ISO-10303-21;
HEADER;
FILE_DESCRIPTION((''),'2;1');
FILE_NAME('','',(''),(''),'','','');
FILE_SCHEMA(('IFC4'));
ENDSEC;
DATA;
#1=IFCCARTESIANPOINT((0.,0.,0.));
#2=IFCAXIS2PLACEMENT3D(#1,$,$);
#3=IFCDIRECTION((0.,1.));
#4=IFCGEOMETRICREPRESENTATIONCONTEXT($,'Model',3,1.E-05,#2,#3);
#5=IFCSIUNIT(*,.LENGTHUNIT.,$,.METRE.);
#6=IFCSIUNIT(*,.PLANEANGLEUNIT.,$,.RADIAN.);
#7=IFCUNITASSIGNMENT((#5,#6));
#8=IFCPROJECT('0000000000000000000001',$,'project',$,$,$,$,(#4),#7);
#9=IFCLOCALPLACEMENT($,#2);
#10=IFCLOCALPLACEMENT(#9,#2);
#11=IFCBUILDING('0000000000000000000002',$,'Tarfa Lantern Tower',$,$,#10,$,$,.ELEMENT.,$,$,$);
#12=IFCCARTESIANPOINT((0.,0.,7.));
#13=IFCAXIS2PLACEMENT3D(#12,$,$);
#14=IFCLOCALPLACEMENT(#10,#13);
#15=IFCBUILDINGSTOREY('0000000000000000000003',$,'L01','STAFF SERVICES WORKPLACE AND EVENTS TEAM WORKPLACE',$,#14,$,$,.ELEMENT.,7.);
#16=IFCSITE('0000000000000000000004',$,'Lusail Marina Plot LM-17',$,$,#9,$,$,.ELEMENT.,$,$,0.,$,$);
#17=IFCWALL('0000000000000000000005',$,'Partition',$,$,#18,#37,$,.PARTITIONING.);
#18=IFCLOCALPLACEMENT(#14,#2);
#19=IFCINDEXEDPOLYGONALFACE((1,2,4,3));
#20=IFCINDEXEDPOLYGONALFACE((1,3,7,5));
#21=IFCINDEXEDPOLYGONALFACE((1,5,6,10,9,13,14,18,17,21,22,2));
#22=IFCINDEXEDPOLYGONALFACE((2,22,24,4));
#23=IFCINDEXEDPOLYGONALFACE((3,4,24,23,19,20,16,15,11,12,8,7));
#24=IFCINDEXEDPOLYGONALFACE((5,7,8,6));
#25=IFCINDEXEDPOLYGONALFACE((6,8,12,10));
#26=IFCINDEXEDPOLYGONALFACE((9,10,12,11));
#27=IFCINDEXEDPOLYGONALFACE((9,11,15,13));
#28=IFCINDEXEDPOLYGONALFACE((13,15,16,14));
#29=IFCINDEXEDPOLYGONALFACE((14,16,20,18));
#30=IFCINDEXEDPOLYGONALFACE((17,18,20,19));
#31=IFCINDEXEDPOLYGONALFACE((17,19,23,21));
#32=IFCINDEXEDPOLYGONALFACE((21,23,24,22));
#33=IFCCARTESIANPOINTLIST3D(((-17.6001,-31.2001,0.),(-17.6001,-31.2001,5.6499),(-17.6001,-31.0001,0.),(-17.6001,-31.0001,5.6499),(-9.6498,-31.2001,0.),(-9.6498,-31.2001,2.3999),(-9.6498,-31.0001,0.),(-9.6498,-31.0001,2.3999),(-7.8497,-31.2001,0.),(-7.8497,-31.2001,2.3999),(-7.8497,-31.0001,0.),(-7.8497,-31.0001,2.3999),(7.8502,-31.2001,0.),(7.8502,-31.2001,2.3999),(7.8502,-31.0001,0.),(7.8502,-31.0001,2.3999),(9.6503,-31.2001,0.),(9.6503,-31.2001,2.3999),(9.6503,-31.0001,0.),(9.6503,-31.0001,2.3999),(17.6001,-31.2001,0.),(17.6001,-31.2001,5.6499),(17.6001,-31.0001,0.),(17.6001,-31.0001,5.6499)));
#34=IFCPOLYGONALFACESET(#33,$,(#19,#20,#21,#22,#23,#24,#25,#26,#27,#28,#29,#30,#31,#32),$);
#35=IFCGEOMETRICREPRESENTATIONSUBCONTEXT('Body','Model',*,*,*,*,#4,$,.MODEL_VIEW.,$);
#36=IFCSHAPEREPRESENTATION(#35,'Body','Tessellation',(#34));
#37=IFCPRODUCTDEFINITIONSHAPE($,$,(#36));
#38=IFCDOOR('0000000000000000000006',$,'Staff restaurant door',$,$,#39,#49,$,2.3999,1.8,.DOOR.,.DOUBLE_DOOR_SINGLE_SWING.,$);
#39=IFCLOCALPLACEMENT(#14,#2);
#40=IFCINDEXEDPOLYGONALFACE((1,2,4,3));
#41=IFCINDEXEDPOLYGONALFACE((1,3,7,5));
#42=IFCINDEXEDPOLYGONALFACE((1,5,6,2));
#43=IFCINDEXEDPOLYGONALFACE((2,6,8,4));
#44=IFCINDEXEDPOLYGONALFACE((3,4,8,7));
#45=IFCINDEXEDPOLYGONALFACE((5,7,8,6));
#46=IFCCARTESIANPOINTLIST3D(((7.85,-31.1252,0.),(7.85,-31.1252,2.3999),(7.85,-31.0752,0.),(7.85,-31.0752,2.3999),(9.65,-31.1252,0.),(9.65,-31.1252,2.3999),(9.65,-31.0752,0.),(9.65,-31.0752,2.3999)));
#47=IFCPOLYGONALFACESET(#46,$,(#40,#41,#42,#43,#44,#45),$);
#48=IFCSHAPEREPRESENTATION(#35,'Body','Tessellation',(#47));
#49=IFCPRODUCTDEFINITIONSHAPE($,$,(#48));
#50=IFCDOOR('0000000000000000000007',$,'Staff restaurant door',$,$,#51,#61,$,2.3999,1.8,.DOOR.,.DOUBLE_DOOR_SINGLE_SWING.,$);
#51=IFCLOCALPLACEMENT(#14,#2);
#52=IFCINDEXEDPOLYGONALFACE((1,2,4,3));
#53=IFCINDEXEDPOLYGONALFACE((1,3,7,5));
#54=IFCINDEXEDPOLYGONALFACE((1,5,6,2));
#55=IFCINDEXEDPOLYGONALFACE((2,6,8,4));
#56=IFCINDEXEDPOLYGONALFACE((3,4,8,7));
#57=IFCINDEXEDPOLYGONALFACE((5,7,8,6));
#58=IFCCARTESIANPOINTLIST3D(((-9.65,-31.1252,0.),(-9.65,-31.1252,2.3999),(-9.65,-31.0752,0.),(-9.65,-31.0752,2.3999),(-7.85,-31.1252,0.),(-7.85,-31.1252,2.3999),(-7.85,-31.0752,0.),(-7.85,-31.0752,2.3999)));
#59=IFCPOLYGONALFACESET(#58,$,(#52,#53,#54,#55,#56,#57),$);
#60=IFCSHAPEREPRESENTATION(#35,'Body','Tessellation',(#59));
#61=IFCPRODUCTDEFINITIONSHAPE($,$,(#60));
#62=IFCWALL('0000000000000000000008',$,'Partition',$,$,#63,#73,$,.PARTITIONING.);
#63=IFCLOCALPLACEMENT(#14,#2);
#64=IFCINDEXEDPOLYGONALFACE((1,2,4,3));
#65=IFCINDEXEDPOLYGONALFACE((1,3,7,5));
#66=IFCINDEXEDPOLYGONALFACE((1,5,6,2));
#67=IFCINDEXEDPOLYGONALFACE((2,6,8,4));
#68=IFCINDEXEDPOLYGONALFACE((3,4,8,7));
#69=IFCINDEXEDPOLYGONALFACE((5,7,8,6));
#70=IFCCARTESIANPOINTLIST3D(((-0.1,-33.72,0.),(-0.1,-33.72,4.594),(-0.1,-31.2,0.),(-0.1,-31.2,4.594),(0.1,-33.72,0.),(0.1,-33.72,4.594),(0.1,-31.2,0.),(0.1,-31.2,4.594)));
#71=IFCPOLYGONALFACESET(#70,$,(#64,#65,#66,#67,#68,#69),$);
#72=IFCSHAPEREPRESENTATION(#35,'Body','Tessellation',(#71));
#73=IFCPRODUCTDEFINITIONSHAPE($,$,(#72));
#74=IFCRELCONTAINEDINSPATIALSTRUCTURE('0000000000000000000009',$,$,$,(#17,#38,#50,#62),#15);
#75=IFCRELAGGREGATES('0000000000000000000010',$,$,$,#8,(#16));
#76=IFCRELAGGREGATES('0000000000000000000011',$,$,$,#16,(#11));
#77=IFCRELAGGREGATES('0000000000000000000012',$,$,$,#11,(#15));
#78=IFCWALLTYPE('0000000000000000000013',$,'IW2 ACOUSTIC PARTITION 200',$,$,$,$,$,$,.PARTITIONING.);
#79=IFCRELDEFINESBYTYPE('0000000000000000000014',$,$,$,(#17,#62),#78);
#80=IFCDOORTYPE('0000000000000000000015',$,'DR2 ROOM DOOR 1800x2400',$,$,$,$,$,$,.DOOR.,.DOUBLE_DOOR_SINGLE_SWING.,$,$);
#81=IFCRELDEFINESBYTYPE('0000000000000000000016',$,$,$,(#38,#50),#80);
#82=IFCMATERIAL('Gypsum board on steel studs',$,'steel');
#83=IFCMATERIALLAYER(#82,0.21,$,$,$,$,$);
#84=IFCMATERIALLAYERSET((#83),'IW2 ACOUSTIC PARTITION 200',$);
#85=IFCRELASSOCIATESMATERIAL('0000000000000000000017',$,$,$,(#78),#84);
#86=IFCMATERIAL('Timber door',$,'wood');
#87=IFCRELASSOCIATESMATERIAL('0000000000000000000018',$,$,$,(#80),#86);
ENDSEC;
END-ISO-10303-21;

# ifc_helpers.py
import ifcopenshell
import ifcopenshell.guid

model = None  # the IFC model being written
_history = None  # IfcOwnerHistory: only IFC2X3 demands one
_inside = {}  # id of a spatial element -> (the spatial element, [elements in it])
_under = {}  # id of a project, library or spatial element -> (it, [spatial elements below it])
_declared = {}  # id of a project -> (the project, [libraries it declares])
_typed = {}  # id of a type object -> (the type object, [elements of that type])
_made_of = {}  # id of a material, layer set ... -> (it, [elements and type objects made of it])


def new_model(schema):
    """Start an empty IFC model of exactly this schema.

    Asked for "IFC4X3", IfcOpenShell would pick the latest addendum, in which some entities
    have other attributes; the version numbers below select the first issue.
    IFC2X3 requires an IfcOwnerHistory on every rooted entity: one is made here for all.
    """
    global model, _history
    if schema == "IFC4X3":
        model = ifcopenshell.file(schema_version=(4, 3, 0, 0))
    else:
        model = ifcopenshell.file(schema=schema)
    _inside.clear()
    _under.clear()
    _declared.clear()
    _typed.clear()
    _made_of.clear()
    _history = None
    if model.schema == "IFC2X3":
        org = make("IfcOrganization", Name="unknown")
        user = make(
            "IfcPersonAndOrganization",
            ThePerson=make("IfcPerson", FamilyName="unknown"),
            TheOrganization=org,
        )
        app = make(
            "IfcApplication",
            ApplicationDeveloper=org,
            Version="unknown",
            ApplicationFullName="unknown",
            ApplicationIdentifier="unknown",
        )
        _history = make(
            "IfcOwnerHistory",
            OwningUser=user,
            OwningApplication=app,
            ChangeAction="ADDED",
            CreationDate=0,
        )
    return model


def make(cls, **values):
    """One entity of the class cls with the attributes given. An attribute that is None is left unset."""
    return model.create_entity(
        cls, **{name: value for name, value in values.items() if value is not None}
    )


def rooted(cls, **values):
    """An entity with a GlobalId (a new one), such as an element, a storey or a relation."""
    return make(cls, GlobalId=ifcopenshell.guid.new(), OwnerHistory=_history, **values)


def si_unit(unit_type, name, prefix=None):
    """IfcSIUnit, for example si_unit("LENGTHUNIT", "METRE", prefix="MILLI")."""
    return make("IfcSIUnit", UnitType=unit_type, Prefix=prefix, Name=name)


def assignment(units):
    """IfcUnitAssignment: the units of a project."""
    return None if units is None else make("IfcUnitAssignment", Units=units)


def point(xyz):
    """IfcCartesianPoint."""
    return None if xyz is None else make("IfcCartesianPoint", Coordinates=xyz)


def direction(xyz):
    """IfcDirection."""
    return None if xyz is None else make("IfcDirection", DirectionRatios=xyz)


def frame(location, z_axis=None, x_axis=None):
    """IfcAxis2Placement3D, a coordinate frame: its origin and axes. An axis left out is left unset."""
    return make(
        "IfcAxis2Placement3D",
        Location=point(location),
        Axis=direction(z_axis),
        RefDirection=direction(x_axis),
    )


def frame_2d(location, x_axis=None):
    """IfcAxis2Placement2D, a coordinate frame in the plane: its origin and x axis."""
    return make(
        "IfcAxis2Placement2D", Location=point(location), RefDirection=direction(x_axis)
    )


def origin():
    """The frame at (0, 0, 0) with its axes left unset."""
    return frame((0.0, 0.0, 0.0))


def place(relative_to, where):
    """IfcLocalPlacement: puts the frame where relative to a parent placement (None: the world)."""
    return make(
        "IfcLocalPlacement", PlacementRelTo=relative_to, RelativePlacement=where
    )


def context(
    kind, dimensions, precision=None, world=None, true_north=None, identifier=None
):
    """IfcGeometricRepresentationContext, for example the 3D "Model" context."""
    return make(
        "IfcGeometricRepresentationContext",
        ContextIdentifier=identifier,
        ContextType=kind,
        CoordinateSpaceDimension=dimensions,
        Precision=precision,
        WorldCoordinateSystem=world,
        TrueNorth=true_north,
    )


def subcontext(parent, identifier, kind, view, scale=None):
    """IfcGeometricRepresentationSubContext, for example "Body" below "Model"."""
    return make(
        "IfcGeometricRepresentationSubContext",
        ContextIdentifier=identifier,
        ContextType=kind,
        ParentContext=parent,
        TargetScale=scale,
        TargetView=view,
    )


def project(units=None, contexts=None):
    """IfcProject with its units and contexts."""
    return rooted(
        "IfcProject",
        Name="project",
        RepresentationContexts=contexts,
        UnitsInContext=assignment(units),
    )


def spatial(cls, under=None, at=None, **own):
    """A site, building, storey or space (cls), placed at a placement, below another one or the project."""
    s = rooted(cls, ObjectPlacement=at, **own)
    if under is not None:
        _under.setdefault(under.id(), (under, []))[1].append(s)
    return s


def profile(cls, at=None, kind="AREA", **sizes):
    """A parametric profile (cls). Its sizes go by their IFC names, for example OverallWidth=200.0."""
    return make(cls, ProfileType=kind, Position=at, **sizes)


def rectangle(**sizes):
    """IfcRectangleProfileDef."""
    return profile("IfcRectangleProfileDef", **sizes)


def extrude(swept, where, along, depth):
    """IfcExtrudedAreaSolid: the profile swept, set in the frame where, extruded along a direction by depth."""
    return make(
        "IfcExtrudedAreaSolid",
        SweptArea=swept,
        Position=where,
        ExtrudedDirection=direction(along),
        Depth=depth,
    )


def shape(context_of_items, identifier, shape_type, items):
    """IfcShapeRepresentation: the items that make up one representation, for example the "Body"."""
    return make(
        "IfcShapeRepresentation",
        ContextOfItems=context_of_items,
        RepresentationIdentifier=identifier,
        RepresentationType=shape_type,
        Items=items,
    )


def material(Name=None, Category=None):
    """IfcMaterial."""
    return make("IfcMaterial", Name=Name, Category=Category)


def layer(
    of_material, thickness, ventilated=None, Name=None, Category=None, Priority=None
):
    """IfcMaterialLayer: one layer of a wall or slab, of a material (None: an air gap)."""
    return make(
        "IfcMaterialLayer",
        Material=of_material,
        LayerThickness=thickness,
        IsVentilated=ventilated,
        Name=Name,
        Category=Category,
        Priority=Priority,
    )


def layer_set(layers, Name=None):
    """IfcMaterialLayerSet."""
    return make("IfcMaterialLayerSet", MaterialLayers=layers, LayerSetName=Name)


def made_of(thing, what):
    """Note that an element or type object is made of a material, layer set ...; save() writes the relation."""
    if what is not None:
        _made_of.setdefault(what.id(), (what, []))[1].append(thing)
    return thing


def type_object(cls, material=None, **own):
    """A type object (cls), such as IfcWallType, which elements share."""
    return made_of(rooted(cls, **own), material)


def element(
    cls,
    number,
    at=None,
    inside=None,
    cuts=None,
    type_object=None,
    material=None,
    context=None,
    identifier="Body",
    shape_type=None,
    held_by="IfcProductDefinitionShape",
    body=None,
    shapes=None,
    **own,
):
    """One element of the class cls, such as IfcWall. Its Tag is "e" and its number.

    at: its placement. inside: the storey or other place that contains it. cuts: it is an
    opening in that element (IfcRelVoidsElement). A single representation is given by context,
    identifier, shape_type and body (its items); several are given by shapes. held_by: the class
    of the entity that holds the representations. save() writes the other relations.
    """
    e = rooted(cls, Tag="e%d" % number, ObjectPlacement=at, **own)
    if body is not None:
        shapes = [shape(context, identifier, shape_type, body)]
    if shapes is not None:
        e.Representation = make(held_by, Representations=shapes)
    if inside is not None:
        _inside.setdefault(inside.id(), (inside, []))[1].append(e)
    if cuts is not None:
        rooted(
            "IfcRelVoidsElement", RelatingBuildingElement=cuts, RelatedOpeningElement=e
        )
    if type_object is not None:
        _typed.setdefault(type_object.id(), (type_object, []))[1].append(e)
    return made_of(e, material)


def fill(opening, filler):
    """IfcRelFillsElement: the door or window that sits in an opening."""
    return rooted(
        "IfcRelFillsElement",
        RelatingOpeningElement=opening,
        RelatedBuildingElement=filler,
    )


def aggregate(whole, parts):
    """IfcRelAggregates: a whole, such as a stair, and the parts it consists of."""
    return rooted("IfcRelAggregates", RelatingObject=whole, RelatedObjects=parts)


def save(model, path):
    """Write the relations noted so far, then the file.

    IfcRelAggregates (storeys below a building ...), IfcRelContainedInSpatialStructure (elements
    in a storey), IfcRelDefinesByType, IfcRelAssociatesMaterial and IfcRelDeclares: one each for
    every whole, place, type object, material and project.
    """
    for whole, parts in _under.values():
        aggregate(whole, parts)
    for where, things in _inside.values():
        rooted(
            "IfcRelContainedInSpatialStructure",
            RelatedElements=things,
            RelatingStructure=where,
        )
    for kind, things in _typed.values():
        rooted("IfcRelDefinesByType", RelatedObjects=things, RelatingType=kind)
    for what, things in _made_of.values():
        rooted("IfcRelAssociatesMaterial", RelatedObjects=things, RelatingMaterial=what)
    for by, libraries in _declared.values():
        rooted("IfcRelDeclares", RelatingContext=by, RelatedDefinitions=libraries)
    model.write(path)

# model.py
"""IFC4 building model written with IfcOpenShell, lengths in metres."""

from ifc_helpers import new_model, si_unit, direction, frame, frame_2d, origin, place, context, subcontext, project, spatial, rectangle, extrude, material, layer, layer_set, type_object, element, fill, save


model = new_model("IFC4")

# Units and contexts
model_context = context("Model", 3, precision=1e-05, world=origin(), true_north=direction((0.0, 1.0)))
body_context = subcontext(model_context, "Body", "Model", "MODEL_VIEW")
ifc_project = project(units=[si_unit("LENGTHUNIT", "METRE"), si_unit("PLANEANGLEUNIT", "RADIAN")], contexts=[model_context])

# Site, building, storey
site_placement = place(None, origin())
site = spatial("IfcSite", under=ifc_project, at=site_placement, Name="Lusail Marina Plot LM-17", CompositionType="ELEMENT", RefElevation=0.0)
building_placement = place(site_placement, origin())
building = spatial("IfcBuilding", under=site, at=building_placement, Name="Tarfa Lantern Tower", CompositionType="ELEMENT")
storey_placement = place(building_placement, frame((0.0, 0.0, 7.0)))
storey = spatial("IfcBuildingStorey", under=building, at=storey_placement, Name="L01", Description="STAFF SERVICES WORKPLACE AND EVENTS TEAM WORKPLACE", CompositionType="ELEMENT", Elevation=7.0)

# Wall, openings, doors
ifc_material_1 = material(Name="Gypsum board on steel studs", Category="steel")
ifc_layer = layer(ifc_material_1, 0.21)
ifc_layer_set = layer_set([ifc_layer], Name="IW2 ACOUSTIC PARTITION 200")
wall_type = type_object("IfcWallType", Name="IW2 ACOUSTIC PARTITION 200", PredefinedType="PARTITIONING", material=ifc_layer_set)
wall_1_placement = place(storey_placement, frame((17.6001, -31.1001, 0.0), z_axis=(0.0, 0.0, 1.0), x_axis=(-1.0, 0.0, 0.0)))
wall_1 = element("IfcWall", 1, at=wall_1_placement, inside=storey, type_object=wall_type, Name="Partition", PredefinedType="PARTITIONING", context=body_context, shape_type="SweptSolid", body=[
    extrude(rectangle(XDim=35.2002, YDim=0.2, at=frame_2d((17.6001, 0.0))), origin(), (0.0, 0.0, 1.0), 5.6499),
])
opening_1_placement = place(wall_1_placement, frame((7.95, 0.0, 0.0)))
opening_1 = element("IfcOpeningElement", 2, at=opening_1_placement, cuts=wall_1, PredefinedType="OPENING", context=body_context, shape_type="SweptSolid", body=[
    extrude(rectangle(XDim=1.8, YDim=2.3999, at=frame_2d((0.8999, 1.2))), frame((0.0, 0.1099, 0.0), z_axis=(0.0, -1.0, 0.0), x_axis=(1.0, 0.0, 0.0)), (0.0, 0.0, 1.0), 0.22),
])
opening_2_placement = place(wall_1_placement, frame((25.45, 0.0, 0.0)))
opening_2 = element("IfcOpeningElement", 3, at=opening_2_placement, cuts=wall_1, PredefinedType="OPENING", context=body_context, shape_type="SweptSolid", body=[
    extrude(rectangle(XDim=1.8, YDim=2.3999, at=frame_2d((0.8999, 1.2))), frame((0.0, 0.1099, 0.0), z_axis=(0.0, -1.0, 0.0), x_axis=(1.0, 0.0, 0.0)), (0.0, 0.0, 1.0), 0.22),
])
ifc_material_2 = material(Name="Timber door", Category="wood")
door_type = type_object("IfcDoorType", Name="DR2 ROOM DOOR 1800x2400", OperationType="DOUBLE_DOOR_SINGLE_SWING", PredefinedType="DOOR", material=ifc_material_2)
door_1_placement = place(opening_1_placement, frame((1.8, 0.0, 0.0), z_axis=(0.0, 0.0, 1.0), x_axis=(-1.0, 0.0, 0.0)))
door_1 = element("IfcDoor", 4, at=door_1_placement, inside=storey, type_object=door_type, Name="Staff restaurant door", OperationType="DOUBLE_DOOR_SINGLE_SWING", OverallHeight=2.3999, OverallWidth=1.8, PredefinedType="DOOR", context=body_context, shape_type="SweptSolid", body=[
    extrude(rectangle(XDim=1.8, YDim=2.3999, at=frame_2d((0.8999, 1.2))), frame((0.0, 0.0249, 0.0), z_axis=(0.0, -1.0, 0.0), x_axis=(1.0, 0.0, 0.0)), (0.0, 0.0, 1.0), 0.05),
])
fill(opening_1, door_1)
door_2_placement = place(opening_2_placement, frame((1.8, 0.0, 0.0), z_axis=(0.0, 0.0, 1.0), x_axis=(-1.0, 0.0, 0.0)))
door_2 = element("IfcDoor", 5, at=door_2_placement, inside=storey, type_object=door_type, Name="Staff restaurant door", OperationType="DOUBLE_DOOR_SINGLE_SWING", OverallHeight=2.3999, OverallWidth=1.8, PredefinedType="DOOR", context=body_context, shape_type="SweptSolid", body=[
    extrude(rectangle(XDim=1.8, YDim=2.3999, at=frame_2d((0.8999, 1.2))), frame((0.0, 0.0249, 0.0), z_axis=(0.0, -1.0, 0.0), x_axis=(1.0, 0.0, 0.0)), (0.0, 0.0, 1.0), 0.05),
])
fill(opening_2, door_2)

# Wall
wall_2_placement = place(storey_placement, frame((0.0, -31.2, 0.0), z_axis=(0.0, 0.0, 1.0), x_axis=(0.0, -1.0, 0.0)))
element("IfcWall", 6, at=wall_2_placement, inside=storey, type_object=wall_type, Name="Partition", PredefinedType="PARTITIONING", context=body_context, shape_type="SweptSolid", body=[
    extrude(rectangle(XDim=2.52, YDim=0.2, at=frame_2d((1.26, 0.0))), origin(), (0.0, 0.0, 1.0), 4.594),
])

save(model, "model.ifc")
